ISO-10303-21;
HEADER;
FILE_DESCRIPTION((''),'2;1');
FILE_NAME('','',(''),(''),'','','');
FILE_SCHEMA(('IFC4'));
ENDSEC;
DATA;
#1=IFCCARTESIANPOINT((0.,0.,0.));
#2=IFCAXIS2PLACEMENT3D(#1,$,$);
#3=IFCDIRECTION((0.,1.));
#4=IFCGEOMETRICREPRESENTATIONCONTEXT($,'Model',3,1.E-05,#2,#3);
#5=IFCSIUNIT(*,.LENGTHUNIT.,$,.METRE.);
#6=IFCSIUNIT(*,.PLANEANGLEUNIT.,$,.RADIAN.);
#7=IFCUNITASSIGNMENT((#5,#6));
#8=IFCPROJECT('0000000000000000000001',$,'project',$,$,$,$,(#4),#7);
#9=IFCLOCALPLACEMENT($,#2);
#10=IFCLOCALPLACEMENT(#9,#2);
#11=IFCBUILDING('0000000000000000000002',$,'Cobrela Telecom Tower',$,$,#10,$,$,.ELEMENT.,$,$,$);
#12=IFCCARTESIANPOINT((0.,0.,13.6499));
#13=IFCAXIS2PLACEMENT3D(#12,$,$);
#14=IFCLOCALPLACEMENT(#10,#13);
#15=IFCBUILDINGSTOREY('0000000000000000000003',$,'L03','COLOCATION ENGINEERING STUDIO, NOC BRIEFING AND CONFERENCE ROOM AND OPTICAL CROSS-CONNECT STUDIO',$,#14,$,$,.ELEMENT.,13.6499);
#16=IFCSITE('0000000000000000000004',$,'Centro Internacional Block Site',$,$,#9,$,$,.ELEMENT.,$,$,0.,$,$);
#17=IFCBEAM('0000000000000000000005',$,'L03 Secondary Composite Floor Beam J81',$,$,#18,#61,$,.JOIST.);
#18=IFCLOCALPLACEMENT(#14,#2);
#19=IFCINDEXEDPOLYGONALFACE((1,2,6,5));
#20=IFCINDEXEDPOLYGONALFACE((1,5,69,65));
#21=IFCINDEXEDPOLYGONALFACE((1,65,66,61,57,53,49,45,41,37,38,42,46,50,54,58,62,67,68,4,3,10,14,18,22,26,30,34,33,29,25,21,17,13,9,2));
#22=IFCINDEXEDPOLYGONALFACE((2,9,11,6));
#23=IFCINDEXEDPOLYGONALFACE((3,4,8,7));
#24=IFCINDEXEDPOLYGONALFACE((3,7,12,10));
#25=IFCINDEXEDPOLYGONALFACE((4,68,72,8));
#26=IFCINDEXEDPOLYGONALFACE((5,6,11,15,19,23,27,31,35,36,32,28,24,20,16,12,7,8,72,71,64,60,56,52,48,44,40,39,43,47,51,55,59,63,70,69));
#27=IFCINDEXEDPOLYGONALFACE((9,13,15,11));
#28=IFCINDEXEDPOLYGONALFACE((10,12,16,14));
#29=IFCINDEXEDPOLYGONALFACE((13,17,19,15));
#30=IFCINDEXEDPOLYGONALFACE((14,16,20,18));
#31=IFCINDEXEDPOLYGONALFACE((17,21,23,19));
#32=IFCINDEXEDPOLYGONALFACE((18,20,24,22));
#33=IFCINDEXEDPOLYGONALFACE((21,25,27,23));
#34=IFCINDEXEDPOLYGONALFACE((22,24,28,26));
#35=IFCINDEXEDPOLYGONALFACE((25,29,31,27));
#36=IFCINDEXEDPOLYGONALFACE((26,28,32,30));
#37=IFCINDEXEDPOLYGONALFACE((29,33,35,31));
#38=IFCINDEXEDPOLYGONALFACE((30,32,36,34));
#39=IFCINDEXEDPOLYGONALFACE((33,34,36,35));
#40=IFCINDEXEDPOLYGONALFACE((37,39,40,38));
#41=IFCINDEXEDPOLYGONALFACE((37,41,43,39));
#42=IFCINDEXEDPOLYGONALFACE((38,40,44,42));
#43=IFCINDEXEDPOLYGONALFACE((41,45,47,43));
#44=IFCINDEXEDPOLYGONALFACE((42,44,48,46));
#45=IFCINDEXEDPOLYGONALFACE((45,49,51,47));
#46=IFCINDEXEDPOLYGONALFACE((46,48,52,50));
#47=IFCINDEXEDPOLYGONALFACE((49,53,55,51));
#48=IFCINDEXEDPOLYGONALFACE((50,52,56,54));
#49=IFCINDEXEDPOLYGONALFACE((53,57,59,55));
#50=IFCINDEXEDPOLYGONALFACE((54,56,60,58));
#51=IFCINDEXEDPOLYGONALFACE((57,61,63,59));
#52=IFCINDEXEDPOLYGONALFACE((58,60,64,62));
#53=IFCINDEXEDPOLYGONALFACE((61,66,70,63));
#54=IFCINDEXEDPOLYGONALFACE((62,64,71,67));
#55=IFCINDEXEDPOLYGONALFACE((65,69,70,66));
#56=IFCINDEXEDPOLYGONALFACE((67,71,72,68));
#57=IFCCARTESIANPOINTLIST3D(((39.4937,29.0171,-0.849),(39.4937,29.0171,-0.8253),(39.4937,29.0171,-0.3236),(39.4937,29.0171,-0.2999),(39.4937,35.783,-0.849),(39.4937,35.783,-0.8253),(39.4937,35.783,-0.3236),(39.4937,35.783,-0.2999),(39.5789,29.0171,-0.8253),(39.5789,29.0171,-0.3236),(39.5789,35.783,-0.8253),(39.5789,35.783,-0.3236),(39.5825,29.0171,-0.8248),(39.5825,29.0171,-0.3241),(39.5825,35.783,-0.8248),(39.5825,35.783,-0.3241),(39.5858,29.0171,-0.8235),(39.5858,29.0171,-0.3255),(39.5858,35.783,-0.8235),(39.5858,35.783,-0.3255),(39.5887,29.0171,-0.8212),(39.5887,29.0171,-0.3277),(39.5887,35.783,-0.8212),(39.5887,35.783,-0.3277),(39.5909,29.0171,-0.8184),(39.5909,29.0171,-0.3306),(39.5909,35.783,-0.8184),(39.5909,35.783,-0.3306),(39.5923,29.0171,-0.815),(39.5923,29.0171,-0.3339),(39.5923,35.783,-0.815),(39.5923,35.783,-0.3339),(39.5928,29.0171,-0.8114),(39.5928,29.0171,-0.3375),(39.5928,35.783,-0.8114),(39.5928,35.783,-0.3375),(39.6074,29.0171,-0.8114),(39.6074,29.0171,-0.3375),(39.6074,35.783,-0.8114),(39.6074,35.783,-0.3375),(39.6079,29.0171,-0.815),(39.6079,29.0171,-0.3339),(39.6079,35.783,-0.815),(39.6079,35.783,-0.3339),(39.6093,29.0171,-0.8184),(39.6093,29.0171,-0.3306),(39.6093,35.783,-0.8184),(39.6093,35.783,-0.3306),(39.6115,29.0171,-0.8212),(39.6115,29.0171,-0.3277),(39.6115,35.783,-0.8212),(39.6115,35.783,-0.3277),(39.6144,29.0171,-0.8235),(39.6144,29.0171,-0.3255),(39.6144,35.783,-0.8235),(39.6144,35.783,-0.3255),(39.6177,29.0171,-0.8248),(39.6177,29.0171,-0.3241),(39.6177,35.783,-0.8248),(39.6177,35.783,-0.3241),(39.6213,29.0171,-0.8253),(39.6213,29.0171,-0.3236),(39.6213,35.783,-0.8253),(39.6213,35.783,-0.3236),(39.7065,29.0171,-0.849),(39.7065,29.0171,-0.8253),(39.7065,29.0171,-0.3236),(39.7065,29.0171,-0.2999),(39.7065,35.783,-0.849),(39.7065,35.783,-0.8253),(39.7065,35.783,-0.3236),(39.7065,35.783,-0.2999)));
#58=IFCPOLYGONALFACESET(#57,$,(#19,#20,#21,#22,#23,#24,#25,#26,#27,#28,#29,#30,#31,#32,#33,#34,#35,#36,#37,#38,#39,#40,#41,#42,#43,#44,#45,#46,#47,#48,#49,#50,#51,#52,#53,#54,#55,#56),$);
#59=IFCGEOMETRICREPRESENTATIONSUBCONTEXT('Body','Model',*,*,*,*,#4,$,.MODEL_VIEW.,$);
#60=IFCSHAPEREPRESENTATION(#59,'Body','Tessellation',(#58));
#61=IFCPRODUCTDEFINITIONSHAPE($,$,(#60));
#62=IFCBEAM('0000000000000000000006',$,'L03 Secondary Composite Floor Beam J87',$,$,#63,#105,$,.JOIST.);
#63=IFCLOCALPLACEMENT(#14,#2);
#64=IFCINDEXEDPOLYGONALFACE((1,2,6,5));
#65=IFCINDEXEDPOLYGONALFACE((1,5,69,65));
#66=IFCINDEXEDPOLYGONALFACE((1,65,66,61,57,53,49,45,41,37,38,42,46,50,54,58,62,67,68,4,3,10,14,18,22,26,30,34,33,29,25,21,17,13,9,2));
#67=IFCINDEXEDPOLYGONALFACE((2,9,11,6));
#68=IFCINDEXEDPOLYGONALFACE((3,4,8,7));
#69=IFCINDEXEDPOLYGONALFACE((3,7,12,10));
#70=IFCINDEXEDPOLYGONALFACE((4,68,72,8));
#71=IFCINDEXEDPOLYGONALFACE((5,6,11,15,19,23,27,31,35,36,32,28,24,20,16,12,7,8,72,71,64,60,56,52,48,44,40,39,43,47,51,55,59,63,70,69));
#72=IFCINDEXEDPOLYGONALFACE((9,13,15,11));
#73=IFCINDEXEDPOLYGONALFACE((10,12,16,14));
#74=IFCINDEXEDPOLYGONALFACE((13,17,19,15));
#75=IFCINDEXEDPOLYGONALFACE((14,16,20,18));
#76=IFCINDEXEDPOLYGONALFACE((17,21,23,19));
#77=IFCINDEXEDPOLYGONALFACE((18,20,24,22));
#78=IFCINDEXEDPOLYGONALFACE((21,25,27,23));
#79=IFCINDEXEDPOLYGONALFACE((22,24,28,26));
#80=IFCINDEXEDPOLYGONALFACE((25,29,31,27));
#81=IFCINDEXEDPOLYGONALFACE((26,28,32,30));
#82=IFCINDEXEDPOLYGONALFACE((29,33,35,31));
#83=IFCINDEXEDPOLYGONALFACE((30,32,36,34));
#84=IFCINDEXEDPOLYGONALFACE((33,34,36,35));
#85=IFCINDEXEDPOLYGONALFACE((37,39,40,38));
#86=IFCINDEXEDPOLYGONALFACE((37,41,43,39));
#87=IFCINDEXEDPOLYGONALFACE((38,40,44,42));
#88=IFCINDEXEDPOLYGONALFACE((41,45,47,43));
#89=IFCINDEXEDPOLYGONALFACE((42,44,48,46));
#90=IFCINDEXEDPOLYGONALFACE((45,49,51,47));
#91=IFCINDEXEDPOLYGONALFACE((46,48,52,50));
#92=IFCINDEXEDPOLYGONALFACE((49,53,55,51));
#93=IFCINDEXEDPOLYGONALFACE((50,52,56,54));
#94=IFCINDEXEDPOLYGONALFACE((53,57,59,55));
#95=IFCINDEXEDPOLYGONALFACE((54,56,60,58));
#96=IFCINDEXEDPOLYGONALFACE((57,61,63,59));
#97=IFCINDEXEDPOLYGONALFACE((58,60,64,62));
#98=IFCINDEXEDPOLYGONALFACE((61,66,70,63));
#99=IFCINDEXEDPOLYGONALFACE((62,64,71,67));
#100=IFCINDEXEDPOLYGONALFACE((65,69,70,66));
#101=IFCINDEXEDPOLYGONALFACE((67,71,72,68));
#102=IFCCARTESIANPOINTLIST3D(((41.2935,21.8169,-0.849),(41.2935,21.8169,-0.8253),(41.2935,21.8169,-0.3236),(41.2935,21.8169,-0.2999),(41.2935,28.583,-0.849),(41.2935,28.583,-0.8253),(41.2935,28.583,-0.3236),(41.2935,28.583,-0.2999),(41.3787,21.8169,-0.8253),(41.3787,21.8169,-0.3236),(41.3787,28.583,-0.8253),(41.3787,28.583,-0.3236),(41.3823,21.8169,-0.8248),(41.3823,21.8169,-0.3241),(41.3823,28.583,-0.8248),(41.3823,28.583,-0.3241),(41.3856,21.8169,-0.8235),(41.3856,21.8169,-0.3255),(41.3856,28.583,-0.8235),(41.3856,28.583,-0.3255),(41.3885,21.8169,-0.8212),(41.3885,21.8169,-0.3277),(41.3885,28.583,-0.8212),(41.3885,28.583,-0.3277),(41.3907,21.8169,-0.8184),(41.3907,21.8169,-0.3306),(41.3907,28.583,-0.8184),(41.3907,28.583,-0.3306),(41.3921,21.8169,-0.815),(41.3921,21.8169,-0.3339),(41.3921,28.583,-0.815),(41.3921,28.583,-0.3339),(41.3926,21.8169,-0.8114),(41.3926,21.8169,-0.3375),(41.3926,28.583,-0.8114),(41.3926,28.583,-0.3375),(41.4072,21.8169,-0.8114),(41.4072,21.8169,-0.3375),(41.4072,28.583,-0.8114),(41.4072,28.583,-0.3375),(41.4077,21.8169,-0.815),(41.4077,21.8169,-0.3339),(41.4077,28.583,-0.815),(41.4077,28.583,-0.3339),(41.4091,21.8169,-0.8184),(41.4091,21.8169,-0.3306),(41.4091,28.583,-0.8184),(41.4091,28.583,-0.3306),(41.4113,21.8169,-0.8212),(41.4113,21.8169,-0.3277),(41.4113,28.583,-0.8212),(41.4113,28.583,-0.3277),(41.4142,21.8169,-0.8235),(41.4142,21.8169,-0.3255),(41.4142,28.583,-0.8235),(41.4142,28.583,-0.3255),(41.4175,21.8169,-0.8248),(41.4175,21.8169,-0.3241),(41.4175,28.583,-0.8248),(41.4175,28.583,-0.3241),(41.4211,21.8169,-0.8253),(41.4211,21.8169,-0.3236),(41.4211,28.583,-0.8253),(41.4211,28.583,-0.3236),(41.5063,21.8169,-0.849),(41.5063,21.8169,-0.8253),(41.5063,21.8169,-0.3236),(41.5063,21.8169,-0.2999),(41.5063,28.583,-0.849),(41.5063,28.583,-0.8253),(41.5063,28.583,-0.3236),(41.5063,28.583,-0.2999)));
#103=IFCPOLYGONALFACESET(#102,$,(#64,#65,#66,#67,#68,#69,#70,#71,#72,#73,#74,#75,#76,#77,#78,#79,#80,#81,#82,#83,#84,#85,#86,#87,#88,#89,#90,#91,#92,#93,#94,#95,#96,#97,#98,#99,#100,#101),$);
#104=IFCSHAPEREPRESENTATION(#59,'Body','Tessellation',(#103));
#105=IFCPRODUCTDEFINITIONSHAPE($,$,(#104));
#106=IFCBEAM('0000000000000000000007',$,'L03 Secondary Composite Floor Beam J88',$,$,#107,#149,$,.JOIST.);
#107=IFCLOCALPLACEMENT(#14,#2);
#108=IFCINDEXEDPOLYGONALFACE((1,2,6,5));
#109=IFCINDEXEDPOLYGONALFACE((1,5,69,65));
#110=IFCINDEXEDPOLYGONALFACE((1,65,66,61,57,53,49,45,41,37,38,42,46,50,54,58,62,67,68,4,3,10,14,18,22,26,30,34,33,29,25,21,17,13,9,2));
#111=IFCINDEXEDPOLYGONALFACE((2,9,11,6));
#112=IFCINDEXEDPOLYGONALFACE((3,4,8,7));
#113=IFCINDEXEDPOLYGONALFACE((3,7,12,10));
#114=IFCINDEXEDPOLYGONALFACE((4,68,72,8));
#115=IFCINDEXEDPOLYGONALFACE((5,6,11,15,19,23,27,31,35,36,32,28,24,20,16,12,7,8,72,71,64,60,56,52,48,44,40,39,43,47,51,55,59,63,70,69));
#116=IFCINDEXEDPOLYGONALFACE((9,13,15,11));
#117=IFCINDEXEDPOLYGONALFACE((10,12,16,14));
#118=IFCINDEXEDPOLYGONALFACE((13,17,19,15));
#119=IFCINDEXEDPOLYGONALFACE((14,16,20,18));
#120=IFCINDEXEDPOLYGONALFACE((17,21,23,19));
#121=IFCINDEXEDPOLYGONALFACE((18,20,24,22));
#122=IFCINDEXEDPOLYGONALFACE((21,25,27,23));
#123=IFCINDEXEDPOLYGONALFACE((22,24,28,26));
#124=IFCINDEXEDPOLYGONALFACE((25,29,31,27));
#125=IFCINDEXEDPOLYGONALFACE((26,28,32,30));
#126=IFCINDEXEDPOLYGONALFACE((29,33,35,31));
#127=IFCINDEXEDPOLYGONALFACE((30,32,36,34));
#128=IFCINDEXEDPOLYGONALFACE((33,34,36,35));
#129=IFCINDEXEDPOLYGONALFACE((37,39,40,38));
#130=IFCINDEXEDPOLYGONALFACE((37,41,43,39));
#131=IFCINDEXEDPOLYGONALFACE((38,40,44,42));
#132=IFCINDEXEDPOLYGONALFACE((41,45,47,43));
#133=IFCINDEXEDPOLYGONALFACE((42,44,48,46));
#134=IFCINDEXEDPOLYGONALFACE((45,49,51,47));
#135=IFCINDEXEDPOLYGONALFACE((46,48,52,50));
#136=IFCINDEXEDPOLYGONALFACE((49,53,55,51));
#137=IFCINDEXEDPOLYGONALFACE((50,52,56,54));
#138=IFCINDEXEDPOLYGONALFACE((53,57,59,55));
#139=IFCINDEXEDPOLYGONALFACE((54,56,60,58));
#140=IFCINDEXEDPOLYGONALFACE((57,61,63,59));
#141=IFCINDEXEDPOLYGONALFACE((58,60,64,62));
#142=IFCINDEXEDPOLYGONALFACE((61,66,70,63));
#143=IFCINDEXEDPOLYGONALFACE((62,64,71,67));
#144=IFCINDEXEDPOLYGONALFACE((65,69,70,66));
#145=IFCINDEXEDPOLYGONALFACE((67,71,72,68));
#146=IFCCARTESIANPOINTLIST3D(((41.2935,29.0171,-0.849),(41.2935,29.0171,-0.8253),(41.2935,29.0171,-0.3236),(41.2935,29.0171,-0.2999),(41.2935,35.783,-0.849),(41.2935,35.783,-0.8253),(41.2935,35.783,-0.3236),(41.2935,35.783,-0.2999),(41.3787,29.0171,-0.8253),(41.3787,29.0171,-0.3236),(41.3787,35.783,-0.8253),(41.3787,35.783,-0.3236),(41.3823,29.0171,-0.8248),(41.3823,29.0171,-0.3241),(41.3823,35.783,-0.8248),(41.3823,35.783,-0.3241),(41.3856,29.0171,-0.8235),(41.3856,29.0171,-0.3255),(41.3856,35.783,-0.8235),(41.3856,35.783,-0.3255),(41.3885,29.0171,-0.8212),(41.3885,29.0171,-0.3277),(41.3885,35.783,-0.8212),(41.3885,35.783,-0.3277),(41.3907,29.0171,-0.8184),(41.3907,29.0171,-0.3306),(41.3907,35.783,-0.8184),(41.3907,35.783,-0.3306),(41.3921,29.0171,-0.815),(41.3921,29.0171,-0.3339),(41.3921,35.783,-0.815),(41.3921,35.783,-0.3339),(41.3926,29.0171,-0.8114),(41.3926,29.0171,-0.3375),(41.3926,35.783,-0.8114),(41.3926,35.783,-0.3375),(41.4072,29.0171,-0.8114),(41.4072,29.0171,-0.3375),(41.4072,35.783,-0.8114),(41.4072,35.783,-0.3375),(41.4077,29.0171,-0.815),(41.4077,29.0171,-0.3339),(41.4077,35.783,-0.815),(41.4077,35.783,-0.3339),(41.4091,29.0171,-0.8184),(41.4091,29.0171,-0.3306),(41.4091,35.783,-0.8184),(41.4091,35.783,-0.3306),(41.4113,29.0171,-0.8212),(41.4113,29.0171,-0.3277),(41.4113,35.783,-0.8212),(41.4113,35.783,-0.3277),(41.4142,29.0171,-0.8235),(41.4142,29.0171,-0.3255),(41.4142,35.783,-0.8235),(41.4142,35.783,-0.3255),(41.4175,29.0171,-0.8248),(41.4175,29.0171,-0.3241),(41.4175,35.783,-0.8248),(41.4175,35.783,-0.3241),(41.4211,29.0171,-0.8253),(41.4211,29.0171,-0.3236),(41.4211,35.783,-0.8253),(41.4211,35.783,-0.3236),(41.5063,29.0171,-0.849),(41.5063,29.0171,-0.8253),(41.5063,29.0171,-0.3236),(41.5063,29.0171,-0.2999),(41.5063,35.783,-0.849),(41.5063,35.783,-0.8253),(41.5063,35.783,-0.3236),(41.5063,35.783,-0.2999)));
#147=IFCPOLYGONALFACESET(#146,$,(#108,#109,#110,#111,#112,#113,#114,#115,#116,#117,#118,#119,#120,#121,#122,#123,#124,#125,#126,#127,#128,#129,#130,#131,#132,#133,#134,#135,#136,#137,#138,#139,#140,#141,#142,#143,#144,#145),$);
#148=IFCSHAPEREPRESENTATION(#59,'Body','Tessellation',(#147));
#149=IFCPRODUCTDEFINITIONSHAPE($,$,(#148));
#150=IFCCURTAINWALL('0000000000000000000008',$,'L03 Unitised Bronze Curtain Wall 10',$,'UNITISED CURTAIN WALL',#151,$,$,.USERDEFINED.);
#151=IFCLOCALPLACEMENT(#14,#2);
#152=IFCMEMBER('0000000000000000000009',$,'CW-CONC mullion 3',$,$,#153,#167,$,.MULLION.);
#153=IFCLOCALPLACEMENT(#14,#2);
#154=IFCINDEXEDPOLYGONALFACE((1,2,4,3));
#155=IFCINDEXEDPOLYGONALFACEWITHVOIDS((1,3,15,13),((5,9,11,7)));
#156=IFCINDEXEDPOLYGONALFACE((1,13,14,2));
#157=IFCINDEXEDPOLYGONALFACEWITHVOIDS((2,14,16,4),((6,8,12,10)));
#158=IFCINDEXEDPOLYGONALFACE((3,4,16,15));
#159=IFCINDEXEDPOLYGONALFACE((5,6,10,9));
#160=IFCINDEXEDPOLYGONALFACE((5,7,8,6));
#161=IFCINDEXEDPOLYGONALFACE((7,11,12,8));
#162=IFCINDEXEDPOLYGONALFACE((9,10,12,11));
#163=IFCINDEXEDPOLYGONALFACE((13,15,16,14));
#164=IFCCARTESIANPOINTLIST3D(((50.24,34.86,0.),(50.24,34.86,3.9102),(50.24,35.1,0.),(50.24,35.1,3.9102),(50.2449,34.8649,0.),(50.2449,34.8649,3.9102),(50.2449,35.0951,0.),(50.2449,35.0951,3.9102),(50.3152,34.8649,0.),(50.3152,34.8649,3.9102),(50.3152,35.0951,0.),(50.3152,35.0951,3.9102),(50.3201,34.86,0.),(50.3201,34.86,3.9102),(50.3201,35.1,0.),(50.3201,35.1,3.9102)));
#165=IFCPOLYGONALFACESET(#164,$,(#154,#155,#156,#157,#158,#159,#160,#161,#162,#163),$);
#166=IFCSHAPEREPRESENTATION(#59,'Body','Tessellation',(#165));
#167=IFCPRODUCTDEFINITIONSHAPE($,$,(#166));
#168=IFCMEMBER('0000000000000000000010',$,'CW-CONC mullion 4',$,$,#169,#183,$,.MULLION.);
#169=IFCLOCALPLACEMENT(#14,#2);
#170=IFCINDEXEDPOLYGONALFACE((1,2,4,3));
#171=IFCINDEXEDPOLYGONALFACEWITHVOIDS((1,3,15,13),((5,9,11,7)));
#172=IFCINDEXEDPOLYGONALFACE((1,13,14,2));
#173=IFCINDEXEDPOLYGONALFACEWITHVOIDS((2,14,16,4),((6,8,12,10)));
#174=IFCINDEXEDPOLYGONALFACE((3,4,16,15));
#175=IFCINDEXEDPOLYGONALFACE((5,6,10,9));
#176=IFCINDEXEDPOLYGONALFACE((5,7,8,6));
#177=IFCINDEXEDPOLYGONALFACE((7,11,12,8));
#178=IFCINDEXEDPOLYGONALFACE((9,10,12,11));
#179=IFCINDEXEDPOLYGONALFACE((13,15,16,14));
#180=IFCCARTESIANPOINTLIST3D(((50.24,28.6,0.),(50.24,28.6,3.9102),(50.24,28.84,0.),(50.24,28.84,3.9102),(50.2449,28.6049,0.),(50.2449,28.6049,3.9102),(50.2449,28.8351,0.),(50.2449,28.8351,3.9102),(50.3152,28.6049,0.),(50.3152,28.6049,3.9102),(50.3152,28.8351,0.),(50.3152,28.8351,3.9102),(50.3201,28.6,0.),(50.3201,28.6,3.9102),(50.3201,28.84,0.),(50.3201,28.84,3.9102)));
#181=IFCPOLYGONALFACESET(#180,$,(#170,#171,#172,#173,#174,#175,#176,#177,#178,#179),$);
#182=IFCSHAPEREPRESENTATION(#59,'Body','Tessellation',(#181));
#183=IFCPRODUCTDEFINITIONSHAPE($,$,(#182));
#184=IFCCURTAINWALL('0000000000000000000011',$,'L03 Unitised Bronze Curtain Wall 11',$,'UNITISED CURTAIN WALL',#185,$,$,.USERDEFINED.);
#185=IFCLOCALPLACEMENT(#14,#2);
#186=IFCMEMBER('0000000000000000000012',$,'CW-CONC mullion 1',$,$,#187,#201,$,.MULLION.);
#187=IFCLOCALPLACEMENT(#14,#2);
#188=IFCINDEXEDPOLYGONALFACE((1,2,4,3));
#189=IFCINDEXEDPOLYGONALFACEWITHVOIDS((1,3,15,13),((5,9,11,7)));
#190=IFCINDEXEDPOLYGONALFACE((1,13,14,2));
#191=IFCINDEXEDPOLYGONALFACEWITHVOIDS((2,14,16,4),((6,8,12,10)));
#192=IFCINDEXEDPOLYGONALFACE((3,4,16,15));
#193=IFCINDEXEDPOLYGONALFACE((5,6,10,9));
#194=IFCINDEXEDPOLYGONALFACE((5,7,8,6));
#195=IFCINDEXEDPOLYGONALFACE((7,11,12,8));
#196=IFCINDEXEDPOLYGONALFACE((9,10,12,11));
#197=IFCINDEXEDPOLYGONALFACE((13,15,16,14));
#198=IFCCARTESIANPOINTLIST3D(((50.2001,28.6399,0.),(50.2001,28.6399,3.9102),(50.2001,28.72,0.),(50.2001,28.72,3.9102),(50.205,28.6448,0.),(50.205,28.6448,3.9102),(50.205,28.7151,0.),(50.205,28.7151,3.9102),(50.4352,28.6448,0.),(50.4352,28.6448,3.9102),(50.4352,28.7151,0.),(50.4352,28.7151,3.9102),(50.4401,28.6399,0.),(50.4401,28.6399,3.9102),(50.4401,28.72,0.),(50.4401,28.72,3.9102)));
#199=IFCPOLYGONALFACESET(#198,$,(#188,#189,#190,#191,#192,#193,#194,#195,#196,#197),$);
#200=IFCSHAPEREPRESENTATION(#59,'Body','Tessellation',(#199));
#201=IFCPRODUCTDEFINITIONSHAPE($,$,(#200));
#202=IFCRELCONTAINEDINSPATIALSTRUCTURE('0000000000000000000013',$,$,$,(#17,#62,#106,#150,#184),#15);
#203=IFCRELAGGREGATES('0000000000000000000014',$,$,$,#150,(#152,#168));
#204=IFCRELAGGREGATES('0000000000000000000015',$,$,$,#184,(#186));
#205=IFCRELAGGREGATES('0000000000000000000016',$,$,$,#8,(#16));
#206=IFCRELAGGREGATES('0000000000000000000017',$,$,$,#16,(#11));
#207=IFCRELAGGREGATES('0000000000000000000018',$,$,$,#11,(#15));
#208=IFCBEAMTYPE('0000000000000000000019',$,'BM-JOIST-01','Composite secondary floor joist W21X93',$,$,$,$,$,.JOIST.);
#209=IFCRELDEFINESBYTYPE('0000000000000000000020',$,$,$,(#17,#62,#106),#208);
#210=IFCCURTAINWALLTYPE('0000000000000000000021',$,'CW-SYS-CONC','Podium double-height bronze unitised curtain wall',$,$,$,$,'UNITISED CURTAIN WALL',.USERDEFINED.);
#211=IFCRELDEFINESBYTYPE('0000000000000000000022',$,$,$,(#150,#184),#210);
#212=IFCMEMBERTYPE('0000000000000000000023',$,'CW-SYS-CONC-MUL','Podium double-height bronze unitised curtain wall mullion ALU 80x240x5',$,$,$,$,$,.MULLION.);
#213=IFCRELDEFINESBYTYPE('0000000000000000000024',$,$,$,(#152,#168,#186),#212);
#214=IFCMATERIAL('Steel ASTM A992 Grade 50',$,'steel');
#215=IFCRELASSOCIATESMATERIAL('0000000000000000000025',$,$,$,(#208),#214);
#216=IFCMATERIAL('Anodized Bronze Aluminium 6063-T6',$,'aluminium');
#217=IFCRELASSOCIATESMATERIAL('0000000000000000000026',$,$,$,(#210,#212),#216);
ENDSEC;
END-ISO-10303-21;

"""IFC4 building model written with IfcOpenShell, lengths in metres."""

from ifc_helpers import new_model, si_unit, direction, frame, origin, origin_2d, place, context, subcontext, project, spatial, hollow_rectangle, i_section, extrude, material, material_profile, profile_set, type_object, element, aggregate, save


model = new_model("IFC4")

# Units and contexts
model_context = context("Model", 3, precision=1e-05, world=origin(), true_north=direction((0.0, 1.0)))
body_context = subcontext(model_context, "Body", "Model", "MODEL_VIEW")
ifc_project = project(units=[si_unit("LENGTHUNIT", "METRE"), si_unit("PLANEANGLEUNIT", "RADIAN")], contexts=[model_context])

# Site, building, storey
site_placement = place(None, origin())
site = spatial("IfcSite", under=ifc_project, at=site_placement, Name="Centro Internacional Block Site", CompositionType="ELEMENT", RefElevation=0.0)
building_placement = place(site_placement, origin())
building = spatial("IfcBuilding", under=site, at=building_placement, Name="Cobrela Telecom Tower", CompositionType="ELEMENT")
storey_placement = place(building_placement, frame((0.0, 0.0, 13.6499)))
storey = spatial("IfcBuildingStorey", under=building, at=storey_placement, Name="L03", Description="COLOCATION ENGINEERING STUDIO, NOC BRIEFING AND CONFERENCE ROOM AND OPTICAL CROSS-CONNECT STUDIO", CompositionType="ELEMENT", Elevation=13.6499)

# Beams
ifc_material_1 = material(Name="Steel ASTM A992 Grade 50", Category="steel")
ifc_material_profile_1 = material_profile(ifc_material_1, i_section(OverallWidth=0.2129, OverallDepth=0.5491, WebThickness=0.0146, FlangeThickness=0.0237, FilletRadius=0.0139, at=origin_2d()), Name="W21X93")
ifc_profile_set_1 = profile_set([ifc_material_profile_1], Name="Steel ASTM A992 Grade 50")
beam_type_1 = type_object("IfcBeamType", Name="BM-JOIST-01", Description="Composite secondary floor joist W21X93", PredefinedType="JOIST", material=ifc_profile_set_1)
beam_1_placement = place(storey_placement, frame((39.6001, 29.0171, -0.5745), z_axis=(0.0, 1.0, 0.0), x_axis=(-1.0, 0.0, 0.0)))
element("IfcBeam", 1, at=beam_1_placement, inside=storey, type_object=beam_type_1, Name="L03 Secondary Composite Floor Beam J81", PredefinedType="JOIST", context=body_context, shape_type="SweptSolid", body=[
    extrude(i_section(OverallWidth=0.2129, OverallDepth=0.5491, WebThickness=0.0146, FlangeThickness=0.0237, FilletRadius=0.0139, at=origin_2d()), origin(), (0.0, 0.0, 1.0), 6.7659),
])
beam_2_placement = place(storey_placement, frame((41.3999, 21.8169, -0.5745), z_axis=(0.0, 1.0, 0.0), x_axis=(-1.0, 0.0, 0.0)))
element("IfcBeam", 2, at=beam_2_placement, inside=storey, type_object=beam_type_1, Name="L03 Secondary Composite Floor Beam J87", PredefinedType="JOIST", context=body_context, shape_type="SweptSolid", body=[
    extrude(i_section(OverallWidth=0.2129, OverallDepth=0.5491, WebThickness=0.0146, FlangeThickness=0.0237, FilletRadius=0.0139, at=origin_2d()), origin(), (0.0, 0.0, 1.0), 6.7661),
])
beam_3_placement = place(storey_placement, frame((41.3999, 29.0171, -0.5745), z_axis=(0.0, 1.0, 0.0), x_axis=(-1.0, 0.0, 0.0)))
element("IfcBeam", 3, at=beam_3_placement, inside=storey, type_object=beam_type_1, Name="L03 Secondary Composite Floor Beam J88", PredefinedType="JOIST", context=body_context, shape_type="SweptSolid", body=[
    extrude(i_section(OverallWidth=0.2129, OverallDepth=0.5491, WebThickness=0.0146, FlangeThickness=0.0237, FilletRadius=0.0139, at=origin_2d()), origin(), (0.0, 0.0, 1.0), 6.7659),
])

# Curtain wall, members
ifc_material_2 = material(Name="Anodized Bronze Aluminium 6063-T6", Category="aluminium")
curtain_wall_type = type_object("IfcCurtainWallType", Name="CW-SYS-CONC", Description="Podium double-height bronze unitised curtain wall", ElementType="UNITISED CURTAIN WALL", PredefinedType="USERDEFINED", material=ifc_material_2)
curtain_wall_1_placement = place(storey_placement, origin())
curtain_wall_1 = element("IfcCurtainWall", 4, at=curtain_wall_1_placement, inside=storey, type_object=curtain_wall_type, Name="L03 Unitised Bronze Curtain Wall 10", ObjectType="UNITISED CURTAIN WALL", PredefinedType="USERDEFINED")
ifc_material_profile_2 = material_profile(ifc_material_2, hollow_rectangle(XDim=0.0801, YDim=0.24, WallThickness=0.0049, at=origin_2d()), Name="ALU 80x240x5")
ifc_profile_set_2 = profile_set([ifc_material_profile_2], Name="Anodized Bronze Aluminium 6063-T6")
member_type_1 = type_object("IfcMemberType", Name="CW-SYS-CONC-MUL", Description="Podium double-height bronze unitised curtain wall mullion ALU 80x240x5", PredefinedType="MULLION", material=ifc_profile_set_2)
member_1_placement = place(storey_placement, frame((50.28, 34.98, 0.0), z_axis=(0.0, 0.0, 1.0), x_axis=(1.0, 0.0, 0.0)))
member_1 = element("IfcMember", 5, at=member_1_placement, type_object=member_type_1, Name="CW-CONC mullion 3", PredefinedType="MULLION", context=body_context, shape_type="SweptSolid", body=[
    extrude(hollow_rectangle(XDim=0.0801, YDim=0.24, WallThickness=0.0049, at=origin_2d()), origin(), (0.0, 0.0, 1.0), 3.9102),
])
member_2_placement = place(storey_placement, frame((50.28, 28.72, 0.0), z_axis=(0.0, 0.0, 1.0), x_axis=(1.0, 0.0, 0.0)))
member_2 = element("IfcMember", 6, at=member_2_placement, type_object=member_type_1, Name="CW-CONC mullion 4", PredefinedType="MULLION", context=body_context, shape_type="SweptSolid", body=[
    extrude(hollow_rectangle(XDim=0.0801, YDim=0.24, WallThickness=0.0049, at=origin_2d()), origin(), (0.0, 0.0, 1.0), 3.9102),
])

# Curtain wall, member
curtain_wall_2_placement = place(storey_placement, origin())
curtain_wall_2 = element("IfcCurtainWall", 7, at=curtain_wall_2_placement, inside=storey, type_object=curtain_wall_type, Name="L03 Unitised Bronze Curtain Wall 11", ObjectType="UNITISED CURTAIN WALL", PredefinedType="USERDEFINED")
member_3_placement = place(storey_placement, frame((50.3201, 28.6799, 0.0), z_axis=(0.0, 0.0, 1.0), x_axis=(0.0, 1.0, 0.0)))
member_3 = element("IfcMember", 8, at=member_3_placement, type_object=member_type_1, Name="CW-CONC mullion 1", PredefinedType="MULLION", context=body_context, shape_type="SweptSolid", body=[
    extrude(hollow_rectangle(XDim=0.0801, YDim=0.24, WallThickness=0.0049, at=origin_2d()), origin(), (0.0, 0.0, 1.0), 3.9102),
])

aggregate(curtain_wall_1, [member_1, member_2])
aggregate(curtain_wall_2, [member_3])

save(model, "model.ifc")
